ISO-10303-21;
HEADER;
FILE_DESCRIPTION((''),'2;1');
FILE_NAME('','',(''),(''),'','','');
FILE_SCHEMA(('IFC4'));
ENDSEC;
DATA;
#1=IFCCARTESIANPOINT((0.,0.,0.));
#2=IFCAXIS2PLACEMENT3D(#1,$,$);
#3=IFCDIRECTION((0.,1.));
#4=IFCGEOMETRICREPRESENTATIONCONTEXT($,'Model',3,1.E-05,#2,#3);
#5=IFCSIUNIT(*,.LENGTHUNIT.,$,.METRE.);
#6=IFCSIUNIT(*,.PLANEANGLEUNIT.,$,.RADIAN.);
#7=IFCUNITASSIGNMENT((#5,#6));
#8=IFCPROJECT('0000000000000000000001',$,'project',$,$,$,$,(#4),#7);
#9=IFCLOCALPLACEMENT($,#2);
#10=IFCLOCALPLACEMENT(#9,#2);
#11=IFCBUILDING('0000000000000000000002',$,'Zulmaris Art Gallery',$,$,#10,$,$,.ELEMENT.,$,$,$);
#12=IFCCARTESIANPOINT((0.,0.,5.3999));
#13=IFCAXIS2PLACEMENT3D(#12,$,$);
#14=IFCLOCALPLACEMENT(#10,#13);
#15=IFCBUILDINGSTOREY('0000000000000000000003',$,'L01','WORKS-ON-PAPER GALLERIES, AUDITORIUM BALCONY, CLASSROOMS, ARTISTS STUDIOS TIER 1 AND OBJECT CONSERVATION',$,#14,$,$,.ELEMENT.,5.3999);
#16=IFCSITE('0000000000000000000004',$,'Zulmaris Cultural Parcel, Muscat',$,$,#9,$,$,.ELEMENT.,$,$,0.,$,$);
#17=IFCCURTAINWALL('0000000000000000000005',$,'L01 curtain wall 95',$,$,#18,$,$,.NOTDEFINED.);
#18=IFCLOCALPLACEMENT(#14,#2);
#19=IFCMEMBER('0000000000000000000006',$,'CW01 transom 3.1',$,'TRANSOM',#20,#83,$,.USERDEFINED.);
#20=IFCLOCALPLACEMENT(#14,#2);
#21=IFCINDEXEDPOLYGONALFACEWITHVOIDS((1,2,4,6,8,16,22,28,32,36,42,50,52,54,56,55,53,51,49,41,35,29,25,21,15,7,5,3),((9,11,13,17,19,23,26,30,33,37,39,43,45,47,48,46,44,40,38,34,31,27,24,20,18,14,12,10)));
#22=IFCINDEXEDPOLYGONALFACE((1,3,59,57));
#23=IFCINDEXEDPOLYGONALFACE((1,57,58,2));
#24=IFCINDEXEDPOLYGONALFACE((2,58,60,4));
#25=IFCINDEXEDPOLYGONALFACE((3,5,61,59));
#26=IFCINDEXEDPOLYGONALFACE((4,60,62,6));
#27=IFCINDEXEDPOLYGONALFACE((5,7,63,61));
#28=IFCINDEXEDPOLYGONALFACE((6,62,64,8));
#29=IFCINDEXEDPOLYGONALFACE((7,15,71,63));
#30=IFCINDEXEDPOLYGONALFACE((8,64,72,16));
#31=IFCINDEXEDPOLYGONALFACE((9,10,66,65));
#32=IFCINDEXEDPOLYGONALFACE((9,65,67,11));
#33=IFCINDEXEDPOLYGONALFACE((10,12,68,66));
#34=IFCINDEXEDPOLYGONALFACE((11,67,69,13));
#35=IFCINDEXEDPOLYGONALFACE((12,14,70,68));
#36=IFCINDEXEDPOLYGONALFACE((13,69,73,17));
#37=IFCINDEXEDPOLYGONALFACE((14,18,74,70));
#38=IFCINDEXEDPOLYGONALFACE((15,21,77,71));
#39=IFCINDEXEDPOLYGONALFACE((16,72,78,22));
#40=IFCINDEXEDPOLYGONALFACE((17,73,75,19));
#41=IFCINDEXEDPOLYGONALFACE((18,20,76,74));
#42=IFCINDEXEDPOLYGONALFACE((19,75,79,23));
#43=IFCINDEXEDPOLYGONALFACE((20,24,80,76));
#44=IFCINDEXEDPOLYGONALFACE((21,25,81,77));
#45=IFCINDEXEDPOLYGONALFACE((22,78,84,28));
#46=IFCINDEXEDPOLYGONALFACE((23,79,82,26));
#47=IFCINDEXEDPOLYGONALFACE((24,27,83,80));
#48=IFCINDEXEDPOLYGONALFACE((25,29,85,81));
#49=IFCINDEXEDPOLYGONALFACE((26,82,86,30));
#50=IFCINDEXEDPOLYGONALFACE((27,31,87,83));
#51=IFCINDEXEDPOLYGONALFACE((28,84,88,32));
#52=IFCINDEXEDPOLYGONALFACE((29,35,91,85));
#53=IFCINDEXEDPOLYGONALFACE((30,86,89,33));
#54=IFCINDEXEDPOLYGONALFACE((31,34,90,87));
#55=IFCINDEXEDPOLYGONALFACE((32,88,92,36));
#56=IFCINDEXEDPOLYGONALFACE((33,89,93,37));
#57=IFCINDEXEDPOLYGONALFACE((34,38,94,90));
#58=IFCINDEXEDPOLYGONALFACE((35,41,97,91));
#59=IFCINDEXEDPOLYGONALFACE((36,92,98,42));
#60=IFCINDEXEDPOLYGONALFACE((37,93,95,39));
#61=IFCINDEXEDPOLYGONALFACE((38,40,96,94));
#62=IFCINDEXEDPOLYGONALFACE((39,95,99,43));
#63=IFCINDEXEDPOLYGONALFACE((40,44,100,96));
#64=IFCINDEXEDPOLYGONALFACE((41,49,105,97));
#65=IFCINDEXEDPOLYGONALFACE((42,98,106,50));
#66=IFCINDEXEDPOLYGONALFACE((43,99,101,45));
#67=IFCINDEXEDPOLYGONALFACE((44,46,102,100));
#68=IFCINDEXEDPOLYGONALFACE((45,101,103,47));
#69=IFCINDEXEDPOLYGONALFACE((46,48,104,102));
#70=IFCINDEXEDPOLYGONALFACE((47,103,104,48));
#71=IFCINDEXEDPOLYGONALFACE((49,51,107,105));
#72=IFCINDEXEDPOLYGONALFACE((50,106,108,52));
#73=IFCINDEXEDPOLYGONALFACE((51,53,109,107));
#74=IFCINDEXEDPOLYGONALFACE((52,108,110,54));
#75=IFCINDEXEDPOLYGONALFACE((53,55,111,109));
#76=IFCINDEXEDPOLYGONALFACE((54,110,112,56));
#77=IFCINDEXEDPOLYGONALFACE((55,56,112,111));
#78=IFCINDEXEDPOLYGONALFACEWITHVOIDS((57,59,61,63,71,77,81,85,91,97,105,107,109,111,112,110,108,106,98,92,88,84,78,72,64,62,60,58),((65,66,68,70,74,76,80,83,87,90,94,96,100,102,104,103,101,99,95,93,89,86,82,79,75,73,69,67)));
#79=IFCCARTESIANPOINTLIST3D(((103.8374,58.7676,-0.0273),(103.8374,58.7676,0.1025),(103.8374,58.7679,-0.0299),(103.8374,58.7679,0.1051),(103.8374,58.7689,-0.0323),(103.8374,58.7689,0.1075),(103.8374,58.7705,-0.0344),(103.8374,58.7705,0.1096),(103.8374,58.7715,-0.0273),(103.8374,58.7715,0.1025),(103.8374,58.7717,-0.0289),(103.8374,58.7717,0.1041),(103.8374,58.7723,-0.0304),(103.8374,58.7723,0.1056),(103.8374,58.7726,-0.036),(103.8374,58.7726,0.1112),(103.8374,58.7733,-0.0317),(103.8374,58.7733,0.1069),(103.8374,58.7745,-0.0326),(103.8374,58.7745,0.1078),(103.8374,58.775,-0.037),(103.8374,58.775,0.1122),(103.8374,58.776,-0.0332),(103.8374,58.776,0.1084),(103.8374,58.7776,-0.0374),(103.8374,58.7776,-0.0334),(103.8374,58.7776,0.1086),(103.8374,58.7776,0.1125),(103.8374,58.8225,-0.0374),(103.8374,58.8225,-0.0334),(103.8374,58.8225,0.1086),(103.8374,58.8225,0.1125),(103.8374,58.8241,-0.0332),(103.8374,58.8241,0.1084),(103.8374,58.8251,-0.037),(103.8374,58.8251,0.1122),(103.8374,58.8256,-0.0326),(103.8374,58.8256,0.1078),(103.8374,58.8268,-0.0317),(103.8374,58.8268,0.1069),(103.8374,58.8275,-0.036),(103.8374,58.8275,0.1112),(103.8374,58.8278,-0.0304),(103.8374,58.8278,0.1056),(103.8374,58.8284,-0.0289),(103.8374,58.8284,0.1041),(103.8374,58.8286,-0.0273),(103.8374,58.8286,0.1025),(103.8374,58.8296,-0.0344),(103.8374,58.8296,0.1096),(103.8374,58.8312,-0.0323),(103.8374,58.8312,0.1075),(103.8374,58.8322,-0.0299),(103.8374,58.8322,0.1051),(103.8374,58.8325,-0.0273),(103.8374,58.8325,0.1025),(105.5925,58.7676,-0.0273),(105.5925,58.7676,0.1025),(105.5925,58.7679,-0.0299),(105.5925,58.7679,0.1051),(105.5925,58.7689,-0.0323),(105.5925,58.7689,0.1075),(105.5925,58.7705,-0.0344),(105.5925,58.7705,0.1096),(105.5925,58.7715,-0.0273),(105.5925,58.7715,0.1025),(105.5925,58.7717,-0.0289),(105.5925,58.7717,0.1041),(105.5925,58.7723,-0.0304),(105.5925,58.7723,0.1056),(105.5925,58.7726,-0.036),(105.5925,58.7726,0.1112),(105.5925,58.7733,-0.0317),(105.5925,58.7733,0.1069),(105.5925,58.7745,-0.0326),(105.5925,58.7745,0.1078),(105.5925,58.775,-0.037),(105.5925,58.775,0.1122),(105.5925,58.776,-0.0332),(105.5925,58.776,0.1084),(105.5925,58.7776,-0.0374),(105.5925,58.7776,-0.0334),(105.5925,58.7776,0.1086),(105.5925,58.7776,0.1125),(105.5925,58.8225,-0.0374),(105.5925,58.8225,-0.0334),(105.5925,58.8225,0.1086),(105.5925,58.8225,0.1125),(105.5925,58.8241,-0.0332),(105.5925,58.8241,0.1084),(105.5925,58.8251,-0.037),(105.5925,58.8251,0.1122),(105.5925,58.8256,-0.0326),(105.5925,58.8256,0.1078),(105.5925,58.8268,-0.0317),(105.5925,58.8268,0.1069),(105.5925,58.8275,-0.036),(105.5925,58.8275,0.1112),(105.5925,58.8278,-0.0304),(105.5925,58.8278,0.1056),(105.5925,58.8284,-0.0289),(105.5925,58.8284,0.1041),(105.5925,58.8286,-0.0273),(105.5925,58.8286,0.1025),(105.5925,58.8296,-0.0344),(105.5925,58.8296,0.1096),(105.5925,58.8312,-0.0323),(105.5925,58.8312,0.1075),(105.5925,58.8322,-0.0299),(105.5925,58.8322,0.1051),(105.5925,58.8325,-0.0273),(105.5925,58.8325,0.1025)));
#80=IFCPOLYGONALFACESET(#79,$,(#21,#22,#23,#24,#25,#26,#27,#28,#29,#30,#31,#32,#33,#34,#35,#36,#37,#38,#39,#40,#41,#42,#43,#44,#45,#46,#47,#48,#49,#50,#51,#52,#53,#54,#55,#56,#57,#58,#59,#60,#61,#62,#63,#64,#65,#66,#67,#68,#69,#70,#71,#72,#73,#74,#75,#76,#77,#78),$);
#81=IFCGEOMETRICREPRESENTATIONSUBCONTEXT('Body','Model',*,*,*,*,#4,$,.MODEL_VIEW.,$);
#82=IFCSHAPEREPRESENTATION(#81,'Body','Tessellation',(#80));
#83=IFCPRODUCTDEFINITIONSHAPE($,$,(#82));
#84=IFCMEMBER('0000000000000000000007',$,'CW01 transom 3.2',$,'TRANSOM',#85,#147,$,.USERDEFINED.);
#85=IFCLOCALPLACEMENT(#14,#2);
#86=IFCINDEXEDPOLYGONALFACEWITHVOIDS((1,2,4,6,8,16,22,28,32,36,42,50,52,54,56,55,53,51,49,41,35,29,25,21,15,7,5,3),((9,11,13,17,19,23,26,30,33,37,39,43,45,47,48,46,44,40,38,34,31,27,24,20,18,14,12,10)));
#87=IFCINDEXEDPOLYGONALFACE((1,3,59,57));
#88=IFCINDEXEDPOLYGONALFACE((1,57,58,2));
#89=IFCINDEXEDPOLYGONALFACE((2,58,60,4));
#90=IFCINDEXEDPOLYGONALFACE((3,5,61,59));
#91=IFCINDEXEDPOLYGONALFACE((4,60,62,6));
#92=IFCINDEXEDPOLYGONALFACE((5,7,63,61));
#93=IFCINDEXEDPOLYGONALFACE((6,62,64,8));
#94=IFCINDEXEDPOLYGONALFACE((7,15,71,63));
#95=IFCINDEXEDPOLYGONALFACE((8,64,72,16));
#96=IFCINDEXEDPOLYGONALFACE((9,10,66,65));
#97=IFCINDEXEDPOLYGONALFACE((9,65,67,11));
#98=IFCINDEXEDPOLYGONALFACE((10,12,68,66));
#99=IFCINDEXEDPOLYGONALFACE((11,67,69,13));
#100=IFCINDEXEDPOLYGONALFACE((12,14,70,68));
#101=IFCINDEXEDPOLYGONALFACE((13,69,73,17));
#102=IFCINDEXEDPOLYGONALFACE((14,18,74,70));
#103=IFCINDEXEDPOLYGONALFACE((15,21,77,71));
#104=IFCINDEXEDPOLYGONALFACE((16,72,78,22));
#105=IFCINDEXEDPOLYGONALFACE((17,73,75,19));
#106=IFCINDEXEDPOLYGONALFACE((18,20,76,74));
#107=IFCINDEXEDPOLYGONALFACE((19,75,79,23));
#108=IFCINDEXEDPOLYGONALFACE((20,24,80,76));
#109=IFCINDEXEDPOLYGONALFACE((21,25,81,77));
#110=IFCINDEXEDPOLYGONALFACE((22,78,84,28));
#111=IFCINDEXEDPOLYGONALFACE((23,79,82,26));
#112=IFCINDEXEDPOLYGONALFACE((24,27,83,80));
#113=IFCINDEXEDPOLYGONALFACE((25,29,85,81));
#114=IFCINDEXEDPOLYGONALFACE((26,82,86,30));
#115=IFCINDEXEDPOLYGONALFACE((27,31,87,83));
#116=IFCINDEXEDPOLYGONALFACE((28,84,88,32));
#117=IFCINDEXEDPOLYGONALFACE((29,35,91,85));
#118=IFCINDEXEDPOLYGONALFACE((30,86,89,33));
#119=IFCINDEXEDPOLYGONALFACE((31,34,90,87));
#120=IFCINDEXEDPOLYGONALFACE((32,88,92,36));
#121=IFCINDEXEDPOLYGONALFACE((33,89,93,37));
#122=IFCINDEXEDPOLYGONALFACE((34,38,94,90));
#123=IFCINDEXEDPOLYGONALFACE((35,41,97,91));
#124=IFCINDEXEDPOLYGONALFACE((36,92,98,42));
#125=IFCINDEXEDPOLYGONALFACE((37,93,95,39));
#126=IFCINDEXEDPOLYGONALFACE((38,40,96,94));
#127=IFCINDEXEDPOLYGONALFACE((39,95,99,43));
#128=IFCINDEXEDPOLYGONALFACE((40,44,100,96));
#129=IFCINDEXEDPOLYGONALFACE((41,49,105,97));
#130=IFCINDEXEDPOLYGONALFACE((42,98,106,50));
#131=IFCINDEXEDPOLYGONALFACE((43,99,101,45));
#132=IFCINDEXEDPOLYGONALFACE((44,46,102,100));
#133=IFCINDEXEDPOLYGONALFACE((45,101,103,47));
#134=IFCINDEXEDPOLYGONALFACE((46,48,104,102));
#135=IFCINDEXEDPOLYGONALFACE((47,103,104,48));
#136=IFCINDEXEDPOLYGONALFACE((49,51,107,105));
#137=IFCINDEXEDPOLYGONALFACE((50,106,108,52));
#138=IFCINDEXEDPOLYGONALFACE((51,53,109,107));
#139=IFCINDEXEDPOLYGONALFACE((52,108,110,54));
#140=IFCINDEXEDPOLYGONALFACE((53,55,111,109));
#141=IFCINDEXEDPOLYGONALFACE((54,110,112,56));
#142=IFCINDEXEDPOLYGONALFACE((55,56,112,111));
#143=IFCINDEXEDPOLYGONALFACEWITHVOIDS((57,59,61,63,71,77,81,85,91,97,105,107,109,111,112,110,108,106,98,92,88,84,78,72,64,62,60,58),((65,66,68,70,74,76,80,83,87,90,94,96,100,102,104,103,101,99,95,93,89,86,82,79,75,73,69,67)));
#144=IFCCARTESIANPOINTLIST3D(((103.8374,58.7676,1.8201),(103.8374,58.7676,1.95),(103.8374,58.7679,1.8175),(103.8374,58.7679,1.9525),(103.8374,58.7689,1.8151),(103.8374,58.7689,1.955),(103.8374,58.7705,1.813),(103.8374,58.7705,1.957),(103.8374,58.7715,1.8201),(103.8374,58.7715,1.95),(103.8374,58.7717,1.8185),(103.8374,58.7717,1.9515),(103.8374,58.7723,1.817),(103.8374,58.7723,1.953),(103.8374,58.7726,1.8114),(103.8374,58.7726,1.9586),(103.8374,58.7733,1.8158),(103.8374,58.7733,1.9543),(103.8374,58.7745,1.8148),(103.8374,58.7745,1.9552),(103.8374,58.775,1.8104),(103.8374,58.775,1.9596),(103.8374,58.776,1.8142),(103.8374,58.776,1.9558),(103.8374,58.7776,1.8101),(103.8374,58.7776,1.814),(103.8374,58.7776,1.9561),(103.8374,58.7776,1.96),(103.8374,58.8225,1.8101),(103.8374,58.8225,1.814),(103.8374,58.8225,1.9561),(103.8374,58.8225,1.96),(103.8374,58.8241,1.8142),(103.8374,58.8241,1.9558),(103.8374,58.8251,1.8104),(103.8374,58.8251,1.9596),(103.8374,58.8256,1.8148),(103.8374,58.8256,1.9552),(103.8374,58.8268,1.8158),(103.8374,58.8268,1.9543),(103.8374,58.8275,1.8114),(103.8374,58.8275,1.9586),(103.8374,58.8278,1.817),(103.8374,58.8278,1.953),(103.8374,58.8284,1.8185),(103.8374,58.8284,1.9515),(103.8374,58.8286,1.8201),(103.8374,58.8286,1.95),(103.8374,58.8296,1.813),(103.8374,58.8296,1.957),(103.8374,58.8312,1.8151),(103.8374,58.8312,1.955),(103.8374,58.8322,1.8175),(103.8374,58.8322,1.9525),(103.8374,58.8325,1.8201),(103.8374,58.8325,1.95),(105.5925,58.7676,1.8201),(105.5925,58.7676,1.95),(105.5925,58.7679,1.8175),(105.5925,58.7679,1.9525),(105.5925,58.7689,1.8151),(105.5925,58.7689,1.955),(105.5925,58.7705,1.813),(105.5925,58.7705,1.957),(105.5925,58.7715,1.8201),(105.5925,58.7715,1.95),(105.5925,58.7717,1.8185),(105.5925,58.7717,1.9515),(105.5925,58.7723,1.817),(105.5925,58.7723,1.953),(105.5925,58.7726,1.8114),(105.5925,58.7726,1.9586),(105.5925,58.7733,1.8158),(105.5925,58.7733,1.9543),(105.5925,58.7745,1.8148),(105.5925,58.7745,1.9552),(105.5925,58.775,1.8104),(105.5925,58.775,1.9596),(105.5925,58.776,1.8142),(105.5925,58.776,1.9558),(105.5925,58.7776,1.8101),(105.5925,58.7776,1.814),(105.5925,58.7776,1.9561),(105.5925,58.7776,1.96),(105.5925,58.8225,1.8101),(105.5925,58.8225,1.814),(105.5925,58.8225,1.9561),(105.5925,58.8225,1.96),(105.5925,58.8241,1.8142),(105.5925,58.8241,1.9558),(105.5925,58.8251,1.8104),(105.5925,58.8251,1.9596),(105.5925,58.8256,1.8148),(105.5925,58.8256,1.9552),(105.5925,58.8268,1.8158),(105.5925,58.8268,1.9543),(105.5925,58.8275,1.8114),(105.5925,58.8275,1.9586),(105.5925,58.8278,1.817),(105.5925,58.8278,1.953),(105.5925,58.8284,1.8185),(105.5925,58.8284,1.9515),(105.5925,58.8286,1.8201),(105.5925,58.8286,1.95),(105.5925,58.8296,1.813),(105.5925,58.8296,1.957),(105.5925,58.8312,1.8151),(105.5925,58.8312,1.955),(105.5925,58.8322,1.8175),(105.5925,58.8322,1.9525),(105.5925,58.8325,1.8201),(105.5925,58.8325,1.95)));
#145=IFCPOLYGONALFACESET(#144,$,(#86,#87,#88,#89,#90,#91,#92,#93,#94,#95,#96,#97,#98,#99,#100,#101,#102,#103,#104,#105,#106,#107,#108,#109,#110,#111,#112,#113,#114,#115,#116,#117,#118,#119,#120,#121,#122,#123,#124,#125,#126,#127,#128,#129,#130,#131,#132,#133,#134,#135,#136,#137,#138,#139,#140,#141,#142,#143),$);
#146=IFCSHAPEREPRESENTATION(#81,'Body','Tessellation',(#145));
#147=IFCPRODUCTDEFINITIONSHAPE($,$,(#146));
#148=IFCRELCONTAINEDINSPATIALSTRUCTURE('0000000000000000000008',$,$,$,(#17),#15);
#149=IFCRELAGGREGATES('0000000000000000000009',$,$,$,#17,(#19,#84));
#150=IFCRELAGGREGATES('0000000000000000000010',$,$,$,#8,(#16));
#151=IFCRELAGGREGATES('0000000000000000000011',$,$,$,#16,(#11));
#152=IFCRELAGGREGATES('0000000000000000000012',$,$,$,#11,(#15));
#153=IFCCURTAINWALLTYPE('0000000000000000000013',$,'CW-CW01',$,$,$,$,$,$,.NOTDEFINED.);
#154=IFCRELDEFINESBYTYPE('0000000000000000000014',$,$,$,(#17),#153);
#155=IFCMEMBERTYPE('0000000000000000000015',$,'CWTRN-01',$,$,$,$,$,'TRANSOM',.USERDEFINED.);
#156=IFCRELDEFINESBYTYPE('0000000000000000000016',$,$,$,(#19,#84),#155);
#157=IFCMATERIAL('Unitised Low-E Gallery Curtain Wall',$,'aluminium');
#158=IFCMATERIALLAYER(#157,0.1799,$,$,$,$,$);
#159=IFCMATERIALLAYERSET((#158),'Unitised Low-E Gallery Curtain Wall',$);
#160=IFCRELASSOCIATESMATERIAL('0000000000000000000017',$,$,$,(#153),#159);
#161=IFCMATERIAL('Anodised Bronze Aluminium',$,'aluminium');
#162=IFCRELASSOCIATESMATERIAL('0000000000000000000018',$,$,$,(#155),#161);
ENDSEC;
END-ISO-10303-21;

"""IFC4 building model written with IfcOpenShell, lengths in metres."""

from ifc_helpers import new_model, si_unit, direction, frame, origin, origin_2d, place, context, subcontext, project, spatial, hollow_rectangle, extrude, material, layer, layer_set, material_profile, profile_set, type_object, element, aggregate, save


model = new_model("IFC4")

# Units and contexts
model_context = context("Model", 3, precision=1e-05, world=origin(), true_north=direction((0.0, 1.0)))
body_context = subcontext(model_context, "Body", "Model", "MODEL_VIEW")
ifc_project = project(units=[si_unit("LENGTHUNIT", "METRE"), si_unit("PLANEANGLEUNIT", "RADIAN")], contexts=[model_context])

# Site, building, storey
site_placement = place(None, origin())
site = spatial("IfcSite", under=ifc_project, at=site_placement, Name="Zulmaris Cultural Parcel, Muscat", CompositionType="ELEMENT", RefElevation=0.0)
building_placement = place(site_placement, origin())
building = spatial("IfcBuilding", under=site, at=building_placement, Name="Zulmaris Art Gallery", CompositionType="ELEMENT")
storey_placement = place(building_placement, frame((0.0, 0.0, 5.3999)))
storey = spatial("IfcBuildingStorey", under=building, at=storey_placement, Name="L01", Description="WORKS-ON-PAPER GALLERIES, AUDITORIUM BALCONY, CLASSROOMS, ARTISTS STUDIOS TIER 1 AND OBJECT CONSERVATION", CompositionType="ELEMENT", Elevation=5.3999)

# Curtain wall, members
ifc_material_1 = material(Name="Unitised Low-E Gallery Curtain Wall", Category="aluminium")
ifc_layer_1 = layer(ifc_material_1, 0.1799)
ifc_layer_set_1 = layer_set([ifc_layer_1], Name="Unitised Low-E Gallery Curtain Wall")
curtain_wall_type = type_object("IfcCurtainWallType", Name="CW-CW01", PredefinedType="NOTDEFINED", material=ifc_layer_set_1)
curtain_wall_placement = place(storey_placement, origin())
curtain_wall = element("IfcCurtainWall", 1, at=curtain_wall_placement, inside=storey, type_object=curtain_wall_type, Name="L01 curtain wall 95", PredefinedType="NOTDEFINED")
ifc_material_2 = material(Name="Anodised Bronze Aluminium", Category="aluminium")
ifc_material_profile_1 = material_profile(ifc_material_2, hollow_rectangle(XDim=0.0649, YDim=0.1499, WallThickness=0.0039, InnerFilletRadius=0.0061, OuterFilletRadius=0.01, at=origin_2d()), Name="ALU 65x150x4")
ifc_profile_set_1 = profile_set([ifc_material_profile_1], Name="Anodised Bronze Aluminium")
member_type_1 = type_object("IfcMemberType", Name="CWTRN-01", ElementType="TRANSOM", PredefinedType="USERDEFINED", material=ifc_profile_set_1)
member_1_placement = place(storey_placement, frame((103.8374, 58.8, 0.0376), z_axis=(1.0, 0.0, 0.0), x_axis=(0.0, 1.0, 0.0)))
member_1 = element("IfcMember", 2, at=member_1_placement, type_object=member_type_1, Name="CW01 transom 3.1", ObjectType="TRANSOM", PredefinedType="USERDEFINED", context=body_context, shape_type="SweptSolid", body=[
    extrude(hollow_rectangle(XDim=0.0649, YDim=0.1499, WallThickness=0.0039, InnerFilletRadius=0.0061, OuterFilletRadius=0.01, at=origin_2d()), origin(), (0.0, 0.0, 1.0), 1.7551),
])
member_2_placement = place(storey_placement, frame((103.8374, 58.8, 1.885), z_axis=(1.0, 0.0, 0.0), x_axis=(0.0, 1.0, 0.0)))
member_2 = element("IfcMember", 3, at=member_2_placement, type_object=member_type_1, Name="CW01 transom 3.2", ObjectType="TRANSOM", PredefinedType="USERDEFINED", context=body_context, shape_type="SweptSolid", body=[
    extrude(hollow_rectangle(XDim=0.0649, YDim=0.1499, WallThickness=0.0039, InnerFilletRadius=0.0061, OuterFilletRadius=0.01, at=origin_2d()), origin(), (0.0, 0.0, 1.0), 1.7551),
])
aggregate(curtain_wall, [member_1, member_2])

save(model, "model.ifc")
